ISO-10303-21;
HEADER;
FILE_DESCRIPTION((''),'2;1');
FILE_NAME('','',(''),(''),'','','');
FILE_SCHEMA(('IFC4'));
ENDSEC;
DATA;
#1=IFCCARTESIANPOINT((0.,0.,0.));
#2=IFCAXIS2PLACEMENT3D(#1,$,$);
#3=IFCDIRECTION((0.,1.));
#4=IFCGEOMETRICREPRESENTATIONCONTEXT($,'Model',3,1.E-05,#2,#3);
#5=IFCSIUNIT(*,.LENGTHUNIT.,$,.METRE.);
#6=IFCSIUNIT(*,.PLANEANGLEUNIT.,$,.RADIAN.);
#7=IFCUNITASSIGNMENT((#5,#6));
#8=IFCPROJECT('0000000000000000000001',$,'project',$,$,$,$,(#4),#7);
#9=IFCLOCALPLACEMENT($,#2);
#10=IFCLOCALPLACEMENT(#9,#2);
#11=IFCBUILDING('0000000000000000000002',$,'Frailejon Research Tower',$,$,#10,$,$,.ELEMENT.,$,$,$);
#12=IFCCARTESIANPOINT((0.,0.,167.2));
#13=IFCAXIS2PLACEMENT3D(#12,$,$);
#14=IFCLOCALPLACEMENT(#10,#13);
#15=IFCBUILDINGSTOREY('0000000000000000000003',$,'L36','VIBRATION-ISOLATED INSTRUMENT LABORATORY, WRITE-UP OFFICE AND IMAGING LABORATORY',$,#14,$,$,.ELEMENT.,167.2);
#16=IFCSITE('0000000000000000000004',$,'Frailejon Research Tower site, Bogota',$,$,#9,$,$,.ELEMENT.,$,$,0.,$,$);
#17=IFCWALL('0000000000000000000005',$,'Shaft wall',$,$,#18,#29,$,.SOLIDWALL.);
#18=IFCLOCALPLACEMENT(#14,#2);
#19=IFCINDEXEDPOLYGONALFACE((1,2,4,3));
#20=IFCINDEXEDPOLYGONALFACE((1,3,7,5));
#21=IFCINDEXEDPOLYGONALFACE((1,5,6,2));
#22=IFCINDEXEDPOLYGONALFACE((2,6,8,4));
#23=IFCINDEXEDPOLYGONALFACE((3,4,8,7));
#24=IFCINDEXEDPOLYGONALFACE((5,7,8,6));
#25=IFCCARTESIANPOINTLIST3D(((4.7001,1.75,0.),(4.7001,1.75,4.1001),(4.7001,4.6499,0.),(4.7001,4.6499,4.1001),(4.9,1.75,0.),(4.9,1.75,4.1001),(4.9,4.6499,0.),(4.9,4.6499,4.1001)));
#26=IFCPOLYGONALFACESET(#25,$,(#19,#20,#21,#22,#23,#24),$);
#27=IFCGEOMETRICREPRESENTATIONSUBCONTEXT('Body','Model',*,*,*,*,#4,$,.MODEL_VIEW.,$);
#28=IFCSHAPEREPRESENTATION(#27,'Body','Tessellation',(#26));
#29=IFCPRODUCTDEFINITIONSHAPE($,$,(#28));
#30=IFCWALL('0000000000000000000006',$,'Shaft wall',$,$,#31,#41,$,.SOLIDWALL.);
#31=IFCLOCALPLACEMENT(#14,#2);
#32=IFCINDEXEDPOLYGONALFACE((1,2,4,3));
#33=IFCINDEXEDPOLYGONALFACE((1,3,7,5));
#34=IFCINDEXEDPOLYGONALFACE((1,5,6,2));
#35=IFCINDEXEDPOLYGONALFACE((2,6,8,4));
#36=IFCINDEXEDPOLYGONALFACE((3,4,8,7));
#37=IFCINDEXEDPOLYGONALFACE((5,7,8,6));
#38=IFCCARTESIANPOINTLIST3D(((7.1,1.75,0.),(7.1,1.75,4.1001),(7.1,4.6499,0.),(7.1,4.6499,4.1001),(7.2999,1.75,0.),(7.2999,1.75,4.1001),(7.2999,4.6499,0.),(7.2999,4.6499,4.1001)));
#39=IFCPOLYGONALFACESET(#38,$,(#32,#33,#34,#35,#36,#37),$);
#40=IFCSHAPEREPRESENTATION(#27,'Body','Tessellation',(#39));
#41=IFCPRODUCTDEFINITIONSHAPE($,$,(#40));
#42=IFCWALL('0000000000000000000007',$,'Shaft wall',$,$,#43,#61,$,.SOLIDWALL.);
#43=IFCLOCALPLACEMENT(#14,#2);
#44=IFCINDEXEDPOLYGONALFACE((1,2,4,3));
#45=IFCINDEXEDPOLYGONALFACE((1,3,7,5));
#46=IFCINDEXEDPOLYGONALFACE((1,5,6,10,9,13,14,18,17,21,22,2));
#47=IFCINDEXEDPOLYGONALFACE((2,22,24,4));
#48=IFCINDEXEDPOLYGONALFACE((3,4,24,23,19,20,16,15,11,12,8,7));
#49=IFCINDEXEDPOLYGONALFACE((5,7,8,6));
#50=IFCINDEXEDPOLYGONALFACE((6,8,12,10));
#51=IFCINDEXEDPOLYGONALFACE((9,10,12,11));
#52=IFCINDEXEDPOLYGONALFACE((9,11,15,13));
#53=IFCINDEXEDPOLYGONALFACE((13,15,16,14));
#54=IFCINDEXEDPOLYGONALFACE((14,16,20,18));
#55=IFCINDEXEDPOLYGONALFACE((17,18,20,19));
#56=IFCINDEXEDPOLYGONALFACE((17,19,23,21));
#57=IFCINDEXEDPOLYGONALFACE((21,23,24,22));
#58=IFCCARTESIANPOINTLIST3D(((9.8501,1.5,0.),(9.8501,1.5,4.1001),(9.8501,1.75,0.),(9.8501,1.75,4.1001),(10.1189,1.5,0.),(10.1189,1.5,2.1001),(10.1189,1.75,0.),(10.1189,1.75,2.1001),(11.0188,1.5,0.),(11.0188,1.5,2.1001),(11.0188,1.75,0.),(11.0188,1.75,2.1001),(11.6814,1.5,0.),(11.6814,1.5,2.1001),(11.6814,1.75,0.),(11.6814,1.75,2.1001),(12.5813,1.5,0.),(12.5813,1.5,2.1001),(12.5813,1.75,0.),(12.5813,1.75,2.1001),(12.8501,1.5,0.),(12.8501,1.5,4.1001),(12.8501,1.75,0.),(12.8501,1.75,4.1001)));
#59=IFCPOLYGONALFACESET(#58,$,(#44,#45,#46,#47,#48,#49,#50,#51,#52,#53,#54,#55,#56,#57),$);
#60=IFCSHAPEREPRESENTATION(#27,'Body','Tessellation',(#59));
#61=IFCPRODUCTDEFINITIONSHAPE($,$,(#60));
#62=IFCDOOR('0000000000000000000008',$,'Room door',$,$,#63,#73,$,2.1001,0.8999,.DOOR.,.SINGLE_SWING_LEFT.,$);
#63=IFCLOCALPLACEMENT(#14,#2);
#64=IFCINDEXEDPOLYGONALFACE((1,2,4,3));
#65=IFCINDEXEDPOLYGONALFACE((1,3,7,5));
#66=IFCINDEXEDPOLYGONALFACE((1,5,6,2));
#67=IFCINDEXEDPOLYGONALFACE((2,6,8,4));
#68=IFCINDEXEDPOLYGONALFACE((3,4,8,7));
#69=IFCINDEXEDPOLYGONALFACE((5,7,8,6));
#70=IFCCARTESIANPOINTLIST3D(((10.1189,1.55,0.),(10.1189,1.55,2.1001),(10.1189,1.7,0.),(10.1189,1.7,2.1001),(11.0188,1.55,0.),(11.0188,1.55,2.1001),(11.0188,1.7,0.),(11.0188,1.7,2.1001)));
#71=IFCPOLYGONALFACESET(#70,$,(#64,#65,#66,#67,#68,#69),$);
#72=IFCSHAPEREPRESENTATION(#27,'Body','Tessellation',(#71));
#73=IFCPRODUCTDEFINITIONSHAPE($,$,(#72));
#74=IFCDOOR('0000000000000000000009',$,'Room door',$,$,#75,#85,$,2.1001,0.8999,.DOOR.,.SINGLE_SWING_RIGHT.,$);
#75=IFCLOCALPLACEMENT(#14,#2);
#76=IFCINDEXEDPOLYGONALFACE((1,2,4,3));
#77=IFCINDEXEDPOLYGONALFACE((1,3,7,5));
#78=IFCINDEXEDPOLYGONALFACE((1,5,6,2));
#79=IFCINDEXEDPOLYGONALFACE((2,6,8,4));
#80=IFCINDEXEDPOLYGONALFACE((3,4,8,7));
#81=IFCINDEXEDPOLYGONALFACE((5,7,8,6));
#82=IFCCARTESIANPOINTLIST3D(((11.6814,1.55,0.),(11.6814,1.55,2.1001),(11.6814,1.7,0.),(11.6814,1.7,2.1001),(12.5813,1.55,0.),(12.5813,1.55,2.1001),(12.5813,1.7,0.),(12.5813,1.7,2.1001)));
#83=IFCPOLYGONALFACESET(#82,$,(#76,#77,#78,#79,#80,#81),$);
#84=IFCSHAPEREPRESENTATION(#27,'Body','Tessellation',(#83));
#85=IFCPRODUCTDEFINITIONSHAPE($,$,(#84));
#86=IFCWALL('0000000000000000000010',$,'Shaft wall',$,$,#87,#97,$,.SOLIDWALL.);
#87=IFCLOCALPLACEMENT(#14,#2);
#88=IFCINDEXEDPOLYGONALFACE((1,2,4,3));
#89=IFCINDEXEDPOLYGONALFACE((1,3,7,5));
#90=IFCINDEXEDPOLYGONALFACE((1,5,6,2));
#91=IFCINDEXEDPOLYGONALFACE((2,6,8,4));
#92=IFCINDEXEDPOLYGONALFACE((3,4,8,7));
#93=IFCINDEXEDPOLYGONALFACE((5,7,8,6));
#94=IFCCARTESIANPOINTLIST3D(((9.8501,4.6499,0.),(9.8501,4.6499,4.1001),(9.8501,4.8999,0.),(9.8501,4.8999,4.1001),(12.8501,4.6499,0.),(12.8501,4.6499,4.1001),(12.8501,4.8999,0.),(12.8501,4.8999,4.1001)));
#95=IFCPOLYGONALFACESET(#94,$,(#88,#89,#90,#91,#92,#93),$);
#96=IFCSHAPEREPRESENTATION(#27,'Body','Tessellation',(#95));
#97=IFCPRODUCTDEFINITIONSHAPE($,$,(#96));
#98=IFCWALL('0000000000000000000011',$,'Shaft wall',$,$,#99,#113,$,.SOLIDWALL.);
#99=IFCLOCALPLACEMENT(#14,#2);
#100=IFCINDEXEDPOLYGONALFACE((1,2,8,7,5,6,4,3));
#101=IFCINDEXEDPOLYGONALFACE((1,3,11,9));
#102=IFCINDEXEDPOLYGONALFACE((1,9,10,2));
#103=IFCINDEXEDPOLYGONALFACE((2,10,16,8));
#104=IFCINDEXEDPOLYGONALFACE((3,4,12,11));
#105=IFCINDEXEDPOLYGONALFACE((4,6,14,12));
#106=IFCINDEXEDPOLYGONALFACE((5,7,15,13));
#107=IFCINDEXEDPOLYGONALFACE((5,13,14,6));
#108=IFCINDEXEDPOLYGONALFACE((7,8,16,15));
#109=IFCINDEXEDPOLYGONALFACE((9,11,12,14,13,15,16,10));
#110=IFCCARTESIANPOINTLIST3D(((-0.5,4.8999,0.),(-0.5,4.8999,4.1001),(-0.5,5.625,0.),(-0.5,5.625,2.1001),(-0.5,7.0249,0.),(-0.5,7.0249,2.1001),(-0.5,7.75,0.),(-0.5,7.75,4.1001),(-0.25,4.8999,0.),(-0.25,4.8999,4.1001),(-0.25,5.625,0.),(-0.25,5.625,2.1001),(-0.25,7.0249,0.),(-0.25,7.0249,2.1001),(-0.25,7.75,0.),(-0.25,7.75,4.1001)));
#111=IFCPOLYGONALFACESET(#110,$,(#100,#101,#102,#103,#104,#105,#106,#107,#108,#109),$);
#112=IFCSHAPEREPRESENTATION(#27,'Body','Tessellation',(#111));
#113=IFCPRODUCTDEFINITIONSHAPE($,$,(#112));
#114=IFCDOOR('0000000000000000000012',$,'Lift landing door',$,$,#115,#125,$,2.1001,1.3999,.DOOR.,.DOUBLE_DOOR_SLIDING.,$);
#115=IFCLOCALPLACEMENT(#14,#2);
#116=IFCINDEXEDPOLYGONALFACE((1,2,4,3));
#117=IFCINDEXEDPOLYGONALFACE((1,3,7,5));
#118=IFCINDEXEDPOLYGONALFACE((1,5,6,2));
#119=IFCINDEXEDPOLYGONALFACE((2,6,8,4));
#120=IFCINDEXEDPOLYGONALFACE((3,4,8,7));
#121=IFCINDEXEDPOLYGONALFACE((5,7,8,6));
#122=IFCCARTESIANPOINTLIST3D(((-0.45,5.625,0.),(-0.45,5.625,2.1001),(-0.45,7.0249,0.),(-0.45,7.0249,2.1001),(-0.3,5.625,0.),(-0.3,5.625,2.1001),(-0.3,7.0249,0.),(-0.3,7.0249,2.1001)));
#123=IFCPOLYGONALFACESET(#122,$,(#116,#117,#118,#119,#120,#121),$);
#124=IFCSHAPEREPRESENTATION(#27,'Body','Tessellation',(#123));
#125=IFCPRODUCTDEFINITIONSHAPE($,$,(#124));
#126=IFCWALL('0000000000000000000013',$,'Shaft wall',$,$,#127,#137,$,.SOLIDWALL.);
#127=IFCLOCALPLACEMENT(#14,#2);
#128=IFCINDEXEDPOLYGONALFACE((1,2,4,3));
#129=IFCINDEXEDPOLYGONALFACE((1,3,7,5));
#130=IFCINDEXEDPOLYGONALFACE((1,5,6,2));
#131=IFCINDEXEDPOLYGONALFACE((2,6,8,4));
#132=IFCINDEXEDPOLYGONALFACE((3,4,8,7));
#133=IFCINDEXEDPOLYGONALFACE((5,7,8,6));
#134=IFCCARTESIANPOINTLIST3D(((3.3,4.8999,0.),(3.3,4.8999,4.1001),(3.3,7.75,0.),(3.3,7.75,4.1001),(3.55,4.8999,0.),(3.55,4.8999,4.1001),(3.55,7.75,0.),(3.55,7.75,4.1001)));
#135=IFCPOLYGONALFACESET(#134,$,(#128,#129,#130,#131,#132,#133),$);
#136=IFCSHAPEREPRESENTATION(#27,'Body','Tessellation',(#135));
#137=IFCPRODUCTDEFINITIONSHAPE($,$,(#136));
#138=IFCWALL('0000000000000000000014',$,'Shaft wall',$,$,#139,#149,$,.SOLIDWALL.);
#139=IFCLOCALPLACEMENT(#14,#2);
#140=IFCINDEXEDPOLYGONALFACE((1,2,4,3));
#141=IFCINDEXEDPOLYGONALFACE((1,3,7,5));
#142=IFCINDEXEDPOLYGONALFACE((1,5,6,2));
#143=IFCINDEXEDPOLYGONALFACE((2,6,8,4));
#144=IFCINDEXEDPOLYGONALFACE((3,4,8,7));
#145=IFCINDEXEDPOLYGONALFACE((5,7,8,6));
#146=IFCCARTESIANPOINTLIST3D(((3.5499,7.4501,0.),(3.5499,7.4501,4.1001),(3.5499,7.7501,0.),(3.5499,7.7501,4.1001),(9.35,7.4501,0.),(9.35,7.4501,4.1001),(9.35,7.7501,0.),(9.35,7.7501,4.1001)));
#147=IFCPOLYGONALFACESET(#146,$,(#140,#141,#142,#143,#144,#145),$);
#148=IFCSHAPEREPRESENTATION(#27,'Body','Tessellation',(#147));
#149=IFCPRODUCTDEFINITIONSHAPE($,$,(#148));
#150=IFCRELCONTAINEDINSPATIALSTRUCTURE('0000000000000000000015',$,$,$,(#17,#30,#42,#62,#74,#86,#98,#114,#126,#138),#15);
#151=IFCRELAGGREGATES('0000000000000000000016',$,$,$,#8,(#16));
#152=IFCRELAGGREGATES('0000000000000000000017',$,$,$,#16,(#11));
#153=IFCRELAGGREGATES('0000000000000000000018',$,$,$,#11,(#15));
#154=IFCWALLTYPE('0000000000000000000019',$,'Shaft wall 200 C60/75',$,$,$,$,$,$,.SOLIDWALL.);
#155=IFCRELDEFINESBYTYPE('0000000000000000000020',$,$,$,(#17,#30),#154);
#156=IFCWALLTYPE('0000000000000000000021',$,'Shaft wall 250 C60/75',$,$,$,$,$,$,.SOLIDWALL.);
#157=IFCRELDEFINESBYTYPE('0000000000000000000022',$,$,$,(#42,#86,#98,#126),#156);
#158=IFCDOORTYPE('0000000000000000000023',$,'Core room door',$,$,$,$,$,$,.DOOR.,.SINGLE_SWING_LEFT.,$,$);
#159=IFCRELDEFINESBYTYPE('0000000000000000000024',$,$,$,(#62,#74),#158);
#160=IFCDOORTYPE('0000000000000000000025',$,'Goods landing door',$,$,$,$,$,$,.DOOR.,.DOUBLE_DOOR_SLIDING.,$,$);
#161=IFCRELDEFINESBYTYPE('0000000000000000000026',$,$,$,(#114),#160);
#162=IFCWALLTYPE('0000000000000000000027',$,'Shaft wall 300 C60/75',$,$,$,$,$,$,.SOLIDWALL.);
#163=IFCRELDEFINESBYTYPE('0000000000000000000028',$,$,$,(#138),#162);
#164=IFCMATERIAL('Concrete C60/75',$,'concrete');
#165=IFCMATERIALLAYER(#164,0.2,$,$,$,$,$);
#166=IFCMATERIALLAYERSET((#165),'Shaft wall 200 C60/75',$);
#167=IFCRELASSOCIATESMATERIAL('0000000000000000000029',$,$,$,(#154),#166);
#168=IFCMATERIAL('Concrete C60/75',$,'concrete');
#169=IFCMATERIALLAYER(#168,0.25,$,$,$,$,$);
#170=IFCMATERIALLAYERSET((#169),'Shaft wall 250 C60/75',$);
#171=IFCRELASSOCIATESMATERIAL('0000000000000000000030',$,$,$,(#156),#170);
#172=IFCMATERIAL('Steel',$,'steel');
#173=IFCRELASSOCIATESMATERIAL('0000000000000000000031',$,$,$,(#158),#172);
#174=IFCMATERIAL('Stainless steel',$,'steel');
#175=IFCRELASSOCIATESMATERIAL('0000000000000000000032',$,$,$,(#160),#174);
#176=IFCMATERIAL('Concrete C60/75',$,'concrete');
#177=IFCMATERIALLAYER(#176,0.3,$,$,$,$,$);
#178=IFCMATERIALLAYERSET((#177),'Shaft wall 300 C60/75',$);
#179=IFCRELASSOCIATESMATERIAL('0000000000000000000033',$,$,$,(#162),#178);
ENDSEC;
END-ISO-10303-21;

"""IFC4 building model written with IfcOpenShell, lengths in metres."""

from ifc_helpers import new_model, si_unit, direction, frame, frame_2d, origin, place, context, subcontext, project, spatial, rectangle, extrude, material, layer, layer_set, type_object, element, fill, save


model = new_model("IFC4")

# Units and contexts
model_context = context("Model", 3, precision=1e-05, world=origin(), true_north=direction((0.0, 1.0)))
body_context = subcontext(model_context, "Body", "Model", "MODEL_VIEW")
ifc_project = project(units=[si_unit("LENGTHUNIT", "METRE"), si_unit("PLANEANGLEUNIT", "RADIAN")], contexts=[model_context])

# Site, building, storey
site_placement = place(None, origin())
site = spatial("IfcSite", under=ifc_project, at=site_placement, Name="Frailejon Research Tower site, Bogota", CompositionType="ELEMENT", RefElevation=0.0)
building_placement = place(site_placement, origin())
building = spatial("IfcBuilding", under=site, at=building_placement, Name="Frailejon Research Tower", CompositionType="ELEMENT")
storey_placement = place(building_placement, frame((0.0, 0.0, 167.2)))
storey = spatial("IfcBuildingStorey", under=building, at=storey_placement, Name="L36", Description="VIBRATION-ISOLATED INSTRUMENT LABORATORY, WRITE-UP OFFICE AND IMAGING LABORATORY", CompositionType="ELEMENT", Elevation=167.2)

# Walls
ifc_material_1 = material(Name="Concrete C60/75", Category="concrete")
ifc_layer_1 = layer(ifc_material_1, 0.2)
ifc_layer_set_1 = layer_set([ifc_layer_1], Name="Shaft wall 200 C60/75")
wall_type_1 = type_object("IfcWallType", Name="Shaft wall 200 C60/75", PredefinedType="SOLIDWALL", material=ifc_layer_set_1)
for number, where, z_axis, x_axis, name in (
    (1, (4.8, 1.75, 0.0), (0.0, 0.0, 1.0), (0.0, 1.0, 0.0), "Shaft wall"),
    (2, (7.2, 1.75, 0.0), (0.0, 0.0, 1.0), (0.0, 1.0, 0.0), "Shaft wall"),
):
    element("IfcWall", number, at=place(storey_placement, frame(where, z_axis=z_axis, x_axis=x_axis)), inside=storey, type_object=wall_type_1, Name=name, PredefinedType="SOLIDWALL", context=body_context, shape_type="SweptSolid", body=[
        extrude(rectangle(XDim=2.8999, YDim=0.2, at=frame_2d((1.45, 0.0))), origin(), (0.0, 0.0, 1.0), 4.1001),
    ])

# Wall, openings, doors
ifc_material_2 = material(Name="Concrete C60/75", Category="concrete")
ifc_layer_2 = layer(ifc_material_2, 0.25)
ifc_layer_set_2 = layer_set([ifc_layer_2], Name="Shaft wall 250 C60/75")
wall_type_2 = type_object("IfcWallType", Name="Shaft wall 250 C60/75", PredefinedType="SOLIDWALL", material=ifc_layer_set_2)
wall_1_placement = place(storey_placement, frame((9.8501, 1.625, 0.0), z_axis=(0.0, 0.0, 1.0), x_axis=(1.0, 0.0, 0.0)))
wall_1 = element("IfcWall", 3, at=wall_1_placement, inside=storey, type_object=wall_type_2, Name="Shaft wall", PredefinedType="SOLIDWALL", context=body_context, shape_type="SweptSolid", body=[
    extrude(rectangle(XDim=3.0, YDim=0.25, at=frame_2d((1.5, 0.0))), origin(), (0.0, 0.0, 1.0), 4.1001),
])
opening_1_placement = place(wall_1_placement, frame((0.2688, 0.0, 0.0)))
opening_1 = element("IfcOpeningElement", 4, at=opening_1_placement, cuts=wall_1, PredefinedType="OPENING", context=body_context, shape_type="SweptSolid", body=[
    extrude(rectangle(XDim=0.8999, YDim=2.1001, at=frame_2d((0.45, 1.05))), frame((0.0, 0.135, 0.0), z_axis=(0.0, -1.0, 0.0), x_axis=(1.0, 0.0, 0.0)), (0.0, 0.0, 1.0), 0.27),
])
opening_2_placement = place(wall_1_placement, frame((1.8313, 0.0, 0.0)))
opening_2 = element("IfcOpeningElement", 5, at=opening_2_placement, cuts=wall_1, PredefinedType="OPENING", context=body_context, shape_type="SweptSolid", body=[
    extrude(rectangle(XDim=0.8999, YDim=2.1001, at=frame_2d((0.45, 1.05))), frame((0.0, 0.135, 0.0), z_axis=(0.0, -1.0, 0.0), x_axis=(1.0, 0.0, 0.0)), (0.0, 0.0, 1.0), 0.27),
])
ifc_material_3 = material(Name="Steel", Category="steel")
door_type_1 = type_object("IfcDoorType", Name="Core room door", OperationType="SINGLE_SWING_LEFT", PredefinedType="DOOR", material=ifc_material_3)
door_1_placement = place(opening_1_placement, origin())
door_1 = element("IfcDoor", 6, at=door_1_placement, inside=storey, type_object=door_type_1, Name="Room door", OperationType="SINGLE_SWING_LEFT", OverallHeight=2.1001, OverallWidth=0.8999, PredefinedType="DOOR", context=body_context, shape_type="SweptSolid", body=[
    extrude(rectangle(XDim=0.8999, YDim=2.1001, at=frame_2d((0.45, 1.05))), frame((0.0, 0.075, 0.0), z_axis=(0.0, -1.0, 0.0), x_axis=(1.0, 0.0, 0.0)), (0.0, 0.0, 1.0), 0.1499),
])
fill(opening_1, door_1)
door_2_placement = place(opening_2_placement, origin())
door_2 = element("IfcDoor", 7, at=door_2_placement, inside=storey, type_object=door_type_1, Name="Room door", OperationType="SINGLE_SWING_RIGHT", OverallHeight=2.1001, OverallWidth=0.8999, PredefinedType="DOOR", context=body_context, shape_type="SweptSolid", body=[
    extrude(rectangle(XDim=0.8999, YDim=2.1001, at=frame_2d((0.45, 1.05))), frame((0.0, 0.075, 0.0), z_axis=(0.0, -1.0, 0.0), x_axis=(1.0, 0.0, 0.0)), (0.0, 0.0, 1.0), 0.1499),
])
fill(opening_2, door_2)

# Wall
wall_2_placement = place(storey_placement, frame((9.8501, 4.7749, 0.0), z_axis=(0.0, 0.0, 1.0), x_axis=(1.0, 0.0, 0.0)))
element("IfcWall", 8, at=wall_2_placement, inside=storey, type_object=wall_type_2, Name="Shaft wall", PredefinedType="SOLIDWALL", context=body_context, shape_type="SweptSolid", body=[
    extrude(rectangle(XDim=3.0, YDim=0.25, at=frame_2d((1.5, 0.0))), origin(), (0.0, 0.0, 1.0), 4.1001),
])

# Wall, opening, door
wall_3_placement = place(storey_placement, frame((-0.375, 4.8999, 0.0), z_axis=(0.0, 0.0, 1.0), x_axis=(0.0, 1.0, 0.0)))
wall_3 = element("IfcWall", 9, at=wall_3_placement, inside=storey, type_object=wall_type_2, Name="Shaft wall", PredefinedType="SOLIDWALL", context=body_context, shape_type="SweptSolid", body=[
    extrude(rectangle(XDim=2.8501, YDim=0.25, at=frame_2d((1.425, 0.0))), origin(), (0.0, 0.0, 1.0), 4.1001),
])
opening_3_placement = place(wall_3_placement, frame((0.7251, 0.0, 0.0)))
opening_3 = element("IfcOpeningElement", 10, at=opening_3_placement, cuts=wall_3, PredefinedType="OPENING", context=body_context, shape_type="SweptSolid", body=[
    extrude(rectangle(XDim=1.3999, YDim=2.1001, at=frame_2d((0.7, 1.05))), frame((0.0, 0.135, 0.0), z_axis=(0.0, -1.0, 0.0), x_axis=(1.0, 0.0, 0.0)), (0.0, 0.0, 1.0), 0.27),
])
ifc_material_4 = material(Name="Stainless steel", Category="steel")
door_type_2 = type_object("IfcDoorType", Name="Goods landing door", OperationType="DOUBLE_DOOR_SLIDING", PredefinedType="DOOR", material=ifc_material_4)
door_3_placement = place(opening_3_placement, origin())
door_3 = element("IfcDoor", 11, at=door_3_placement, inside=storey, type_object=door_type_2, Name="Lift landing door", OperationType="DOUBLE_DOOR_SLIDING", OverallHeight=2.1001, OverallWidth=1.3999, PredefinedType="DOOR", context=body_context, shape_type="SweptSolid", body=[
    extrude(rectangle(XDim=1.3999, YDim=2.1001, at=frame_2d((0.7, 1.05))), frame((0.0, 0.075, 0.0), z_axis=(0.0, -1.0, 0.0), x_axis=(1.0, 0.0, 0.0)), (0.0, 0.0, 1.0), 0.1499),
])
fill(opening_3, door_3)

# Walls
wall_4_placement = place(storey_placement, frame((3.425, 4.8999, 0.0), z_axis=(0.0, 0.0, 1.0), x_axis=(0.0, 1.0, 0.0)))
element("IfcWall", 12, at=wall_4_placement, inside=storey, type_object=wall_type_2, Name="Shaft wall", PredefinedType="SOLIDWALL", context=body_context, shape_type="SweptSolid", body=[
    extrude(rectangle(XDim=2.8501, YDim=0.25, at=frame_2d((1.425, 0.0))), origin(), (0.0, 0.0, 1.0), 4.1001),
])
ifc_material_5 = material(Name="Concrete C60/75", Category="concrete")
ifc_layer_3 = layer(ifc_material_5, 0.3)
ifc_layer_set_3 = layer_set([ifc_layer_3], Name="Shaft wall 300 C60/75")
wall_type_3 = type_object("IfcWallType", Name="Shaft wall 300 C60/75", PredefinedType="SOLIDWALL", material=ifc_layer_set_3)
wall_5_placement = place(storey_placement, frame((3.55, 7.6001, 0.0), z_axis=(0.0, 0.0, 1.0), x_axis=(1.0, 0.0, 0.0)))
element("IfcWall", 13, at=wall_5_placement, inside=storey, type_object=wall_type_3, Name="Shaft wall", PredefinedType="SOLIDWALL", context=body_context, shape_type="SweptSolid", body=[
    extrude(rectangle(XDim=5.8, YDim=0.3, at=frame_2d((2.8999, 0.0))), origin(), (0.0, 0.0, 1.0), 4.1001),
])

save(model, "model.ifc")
